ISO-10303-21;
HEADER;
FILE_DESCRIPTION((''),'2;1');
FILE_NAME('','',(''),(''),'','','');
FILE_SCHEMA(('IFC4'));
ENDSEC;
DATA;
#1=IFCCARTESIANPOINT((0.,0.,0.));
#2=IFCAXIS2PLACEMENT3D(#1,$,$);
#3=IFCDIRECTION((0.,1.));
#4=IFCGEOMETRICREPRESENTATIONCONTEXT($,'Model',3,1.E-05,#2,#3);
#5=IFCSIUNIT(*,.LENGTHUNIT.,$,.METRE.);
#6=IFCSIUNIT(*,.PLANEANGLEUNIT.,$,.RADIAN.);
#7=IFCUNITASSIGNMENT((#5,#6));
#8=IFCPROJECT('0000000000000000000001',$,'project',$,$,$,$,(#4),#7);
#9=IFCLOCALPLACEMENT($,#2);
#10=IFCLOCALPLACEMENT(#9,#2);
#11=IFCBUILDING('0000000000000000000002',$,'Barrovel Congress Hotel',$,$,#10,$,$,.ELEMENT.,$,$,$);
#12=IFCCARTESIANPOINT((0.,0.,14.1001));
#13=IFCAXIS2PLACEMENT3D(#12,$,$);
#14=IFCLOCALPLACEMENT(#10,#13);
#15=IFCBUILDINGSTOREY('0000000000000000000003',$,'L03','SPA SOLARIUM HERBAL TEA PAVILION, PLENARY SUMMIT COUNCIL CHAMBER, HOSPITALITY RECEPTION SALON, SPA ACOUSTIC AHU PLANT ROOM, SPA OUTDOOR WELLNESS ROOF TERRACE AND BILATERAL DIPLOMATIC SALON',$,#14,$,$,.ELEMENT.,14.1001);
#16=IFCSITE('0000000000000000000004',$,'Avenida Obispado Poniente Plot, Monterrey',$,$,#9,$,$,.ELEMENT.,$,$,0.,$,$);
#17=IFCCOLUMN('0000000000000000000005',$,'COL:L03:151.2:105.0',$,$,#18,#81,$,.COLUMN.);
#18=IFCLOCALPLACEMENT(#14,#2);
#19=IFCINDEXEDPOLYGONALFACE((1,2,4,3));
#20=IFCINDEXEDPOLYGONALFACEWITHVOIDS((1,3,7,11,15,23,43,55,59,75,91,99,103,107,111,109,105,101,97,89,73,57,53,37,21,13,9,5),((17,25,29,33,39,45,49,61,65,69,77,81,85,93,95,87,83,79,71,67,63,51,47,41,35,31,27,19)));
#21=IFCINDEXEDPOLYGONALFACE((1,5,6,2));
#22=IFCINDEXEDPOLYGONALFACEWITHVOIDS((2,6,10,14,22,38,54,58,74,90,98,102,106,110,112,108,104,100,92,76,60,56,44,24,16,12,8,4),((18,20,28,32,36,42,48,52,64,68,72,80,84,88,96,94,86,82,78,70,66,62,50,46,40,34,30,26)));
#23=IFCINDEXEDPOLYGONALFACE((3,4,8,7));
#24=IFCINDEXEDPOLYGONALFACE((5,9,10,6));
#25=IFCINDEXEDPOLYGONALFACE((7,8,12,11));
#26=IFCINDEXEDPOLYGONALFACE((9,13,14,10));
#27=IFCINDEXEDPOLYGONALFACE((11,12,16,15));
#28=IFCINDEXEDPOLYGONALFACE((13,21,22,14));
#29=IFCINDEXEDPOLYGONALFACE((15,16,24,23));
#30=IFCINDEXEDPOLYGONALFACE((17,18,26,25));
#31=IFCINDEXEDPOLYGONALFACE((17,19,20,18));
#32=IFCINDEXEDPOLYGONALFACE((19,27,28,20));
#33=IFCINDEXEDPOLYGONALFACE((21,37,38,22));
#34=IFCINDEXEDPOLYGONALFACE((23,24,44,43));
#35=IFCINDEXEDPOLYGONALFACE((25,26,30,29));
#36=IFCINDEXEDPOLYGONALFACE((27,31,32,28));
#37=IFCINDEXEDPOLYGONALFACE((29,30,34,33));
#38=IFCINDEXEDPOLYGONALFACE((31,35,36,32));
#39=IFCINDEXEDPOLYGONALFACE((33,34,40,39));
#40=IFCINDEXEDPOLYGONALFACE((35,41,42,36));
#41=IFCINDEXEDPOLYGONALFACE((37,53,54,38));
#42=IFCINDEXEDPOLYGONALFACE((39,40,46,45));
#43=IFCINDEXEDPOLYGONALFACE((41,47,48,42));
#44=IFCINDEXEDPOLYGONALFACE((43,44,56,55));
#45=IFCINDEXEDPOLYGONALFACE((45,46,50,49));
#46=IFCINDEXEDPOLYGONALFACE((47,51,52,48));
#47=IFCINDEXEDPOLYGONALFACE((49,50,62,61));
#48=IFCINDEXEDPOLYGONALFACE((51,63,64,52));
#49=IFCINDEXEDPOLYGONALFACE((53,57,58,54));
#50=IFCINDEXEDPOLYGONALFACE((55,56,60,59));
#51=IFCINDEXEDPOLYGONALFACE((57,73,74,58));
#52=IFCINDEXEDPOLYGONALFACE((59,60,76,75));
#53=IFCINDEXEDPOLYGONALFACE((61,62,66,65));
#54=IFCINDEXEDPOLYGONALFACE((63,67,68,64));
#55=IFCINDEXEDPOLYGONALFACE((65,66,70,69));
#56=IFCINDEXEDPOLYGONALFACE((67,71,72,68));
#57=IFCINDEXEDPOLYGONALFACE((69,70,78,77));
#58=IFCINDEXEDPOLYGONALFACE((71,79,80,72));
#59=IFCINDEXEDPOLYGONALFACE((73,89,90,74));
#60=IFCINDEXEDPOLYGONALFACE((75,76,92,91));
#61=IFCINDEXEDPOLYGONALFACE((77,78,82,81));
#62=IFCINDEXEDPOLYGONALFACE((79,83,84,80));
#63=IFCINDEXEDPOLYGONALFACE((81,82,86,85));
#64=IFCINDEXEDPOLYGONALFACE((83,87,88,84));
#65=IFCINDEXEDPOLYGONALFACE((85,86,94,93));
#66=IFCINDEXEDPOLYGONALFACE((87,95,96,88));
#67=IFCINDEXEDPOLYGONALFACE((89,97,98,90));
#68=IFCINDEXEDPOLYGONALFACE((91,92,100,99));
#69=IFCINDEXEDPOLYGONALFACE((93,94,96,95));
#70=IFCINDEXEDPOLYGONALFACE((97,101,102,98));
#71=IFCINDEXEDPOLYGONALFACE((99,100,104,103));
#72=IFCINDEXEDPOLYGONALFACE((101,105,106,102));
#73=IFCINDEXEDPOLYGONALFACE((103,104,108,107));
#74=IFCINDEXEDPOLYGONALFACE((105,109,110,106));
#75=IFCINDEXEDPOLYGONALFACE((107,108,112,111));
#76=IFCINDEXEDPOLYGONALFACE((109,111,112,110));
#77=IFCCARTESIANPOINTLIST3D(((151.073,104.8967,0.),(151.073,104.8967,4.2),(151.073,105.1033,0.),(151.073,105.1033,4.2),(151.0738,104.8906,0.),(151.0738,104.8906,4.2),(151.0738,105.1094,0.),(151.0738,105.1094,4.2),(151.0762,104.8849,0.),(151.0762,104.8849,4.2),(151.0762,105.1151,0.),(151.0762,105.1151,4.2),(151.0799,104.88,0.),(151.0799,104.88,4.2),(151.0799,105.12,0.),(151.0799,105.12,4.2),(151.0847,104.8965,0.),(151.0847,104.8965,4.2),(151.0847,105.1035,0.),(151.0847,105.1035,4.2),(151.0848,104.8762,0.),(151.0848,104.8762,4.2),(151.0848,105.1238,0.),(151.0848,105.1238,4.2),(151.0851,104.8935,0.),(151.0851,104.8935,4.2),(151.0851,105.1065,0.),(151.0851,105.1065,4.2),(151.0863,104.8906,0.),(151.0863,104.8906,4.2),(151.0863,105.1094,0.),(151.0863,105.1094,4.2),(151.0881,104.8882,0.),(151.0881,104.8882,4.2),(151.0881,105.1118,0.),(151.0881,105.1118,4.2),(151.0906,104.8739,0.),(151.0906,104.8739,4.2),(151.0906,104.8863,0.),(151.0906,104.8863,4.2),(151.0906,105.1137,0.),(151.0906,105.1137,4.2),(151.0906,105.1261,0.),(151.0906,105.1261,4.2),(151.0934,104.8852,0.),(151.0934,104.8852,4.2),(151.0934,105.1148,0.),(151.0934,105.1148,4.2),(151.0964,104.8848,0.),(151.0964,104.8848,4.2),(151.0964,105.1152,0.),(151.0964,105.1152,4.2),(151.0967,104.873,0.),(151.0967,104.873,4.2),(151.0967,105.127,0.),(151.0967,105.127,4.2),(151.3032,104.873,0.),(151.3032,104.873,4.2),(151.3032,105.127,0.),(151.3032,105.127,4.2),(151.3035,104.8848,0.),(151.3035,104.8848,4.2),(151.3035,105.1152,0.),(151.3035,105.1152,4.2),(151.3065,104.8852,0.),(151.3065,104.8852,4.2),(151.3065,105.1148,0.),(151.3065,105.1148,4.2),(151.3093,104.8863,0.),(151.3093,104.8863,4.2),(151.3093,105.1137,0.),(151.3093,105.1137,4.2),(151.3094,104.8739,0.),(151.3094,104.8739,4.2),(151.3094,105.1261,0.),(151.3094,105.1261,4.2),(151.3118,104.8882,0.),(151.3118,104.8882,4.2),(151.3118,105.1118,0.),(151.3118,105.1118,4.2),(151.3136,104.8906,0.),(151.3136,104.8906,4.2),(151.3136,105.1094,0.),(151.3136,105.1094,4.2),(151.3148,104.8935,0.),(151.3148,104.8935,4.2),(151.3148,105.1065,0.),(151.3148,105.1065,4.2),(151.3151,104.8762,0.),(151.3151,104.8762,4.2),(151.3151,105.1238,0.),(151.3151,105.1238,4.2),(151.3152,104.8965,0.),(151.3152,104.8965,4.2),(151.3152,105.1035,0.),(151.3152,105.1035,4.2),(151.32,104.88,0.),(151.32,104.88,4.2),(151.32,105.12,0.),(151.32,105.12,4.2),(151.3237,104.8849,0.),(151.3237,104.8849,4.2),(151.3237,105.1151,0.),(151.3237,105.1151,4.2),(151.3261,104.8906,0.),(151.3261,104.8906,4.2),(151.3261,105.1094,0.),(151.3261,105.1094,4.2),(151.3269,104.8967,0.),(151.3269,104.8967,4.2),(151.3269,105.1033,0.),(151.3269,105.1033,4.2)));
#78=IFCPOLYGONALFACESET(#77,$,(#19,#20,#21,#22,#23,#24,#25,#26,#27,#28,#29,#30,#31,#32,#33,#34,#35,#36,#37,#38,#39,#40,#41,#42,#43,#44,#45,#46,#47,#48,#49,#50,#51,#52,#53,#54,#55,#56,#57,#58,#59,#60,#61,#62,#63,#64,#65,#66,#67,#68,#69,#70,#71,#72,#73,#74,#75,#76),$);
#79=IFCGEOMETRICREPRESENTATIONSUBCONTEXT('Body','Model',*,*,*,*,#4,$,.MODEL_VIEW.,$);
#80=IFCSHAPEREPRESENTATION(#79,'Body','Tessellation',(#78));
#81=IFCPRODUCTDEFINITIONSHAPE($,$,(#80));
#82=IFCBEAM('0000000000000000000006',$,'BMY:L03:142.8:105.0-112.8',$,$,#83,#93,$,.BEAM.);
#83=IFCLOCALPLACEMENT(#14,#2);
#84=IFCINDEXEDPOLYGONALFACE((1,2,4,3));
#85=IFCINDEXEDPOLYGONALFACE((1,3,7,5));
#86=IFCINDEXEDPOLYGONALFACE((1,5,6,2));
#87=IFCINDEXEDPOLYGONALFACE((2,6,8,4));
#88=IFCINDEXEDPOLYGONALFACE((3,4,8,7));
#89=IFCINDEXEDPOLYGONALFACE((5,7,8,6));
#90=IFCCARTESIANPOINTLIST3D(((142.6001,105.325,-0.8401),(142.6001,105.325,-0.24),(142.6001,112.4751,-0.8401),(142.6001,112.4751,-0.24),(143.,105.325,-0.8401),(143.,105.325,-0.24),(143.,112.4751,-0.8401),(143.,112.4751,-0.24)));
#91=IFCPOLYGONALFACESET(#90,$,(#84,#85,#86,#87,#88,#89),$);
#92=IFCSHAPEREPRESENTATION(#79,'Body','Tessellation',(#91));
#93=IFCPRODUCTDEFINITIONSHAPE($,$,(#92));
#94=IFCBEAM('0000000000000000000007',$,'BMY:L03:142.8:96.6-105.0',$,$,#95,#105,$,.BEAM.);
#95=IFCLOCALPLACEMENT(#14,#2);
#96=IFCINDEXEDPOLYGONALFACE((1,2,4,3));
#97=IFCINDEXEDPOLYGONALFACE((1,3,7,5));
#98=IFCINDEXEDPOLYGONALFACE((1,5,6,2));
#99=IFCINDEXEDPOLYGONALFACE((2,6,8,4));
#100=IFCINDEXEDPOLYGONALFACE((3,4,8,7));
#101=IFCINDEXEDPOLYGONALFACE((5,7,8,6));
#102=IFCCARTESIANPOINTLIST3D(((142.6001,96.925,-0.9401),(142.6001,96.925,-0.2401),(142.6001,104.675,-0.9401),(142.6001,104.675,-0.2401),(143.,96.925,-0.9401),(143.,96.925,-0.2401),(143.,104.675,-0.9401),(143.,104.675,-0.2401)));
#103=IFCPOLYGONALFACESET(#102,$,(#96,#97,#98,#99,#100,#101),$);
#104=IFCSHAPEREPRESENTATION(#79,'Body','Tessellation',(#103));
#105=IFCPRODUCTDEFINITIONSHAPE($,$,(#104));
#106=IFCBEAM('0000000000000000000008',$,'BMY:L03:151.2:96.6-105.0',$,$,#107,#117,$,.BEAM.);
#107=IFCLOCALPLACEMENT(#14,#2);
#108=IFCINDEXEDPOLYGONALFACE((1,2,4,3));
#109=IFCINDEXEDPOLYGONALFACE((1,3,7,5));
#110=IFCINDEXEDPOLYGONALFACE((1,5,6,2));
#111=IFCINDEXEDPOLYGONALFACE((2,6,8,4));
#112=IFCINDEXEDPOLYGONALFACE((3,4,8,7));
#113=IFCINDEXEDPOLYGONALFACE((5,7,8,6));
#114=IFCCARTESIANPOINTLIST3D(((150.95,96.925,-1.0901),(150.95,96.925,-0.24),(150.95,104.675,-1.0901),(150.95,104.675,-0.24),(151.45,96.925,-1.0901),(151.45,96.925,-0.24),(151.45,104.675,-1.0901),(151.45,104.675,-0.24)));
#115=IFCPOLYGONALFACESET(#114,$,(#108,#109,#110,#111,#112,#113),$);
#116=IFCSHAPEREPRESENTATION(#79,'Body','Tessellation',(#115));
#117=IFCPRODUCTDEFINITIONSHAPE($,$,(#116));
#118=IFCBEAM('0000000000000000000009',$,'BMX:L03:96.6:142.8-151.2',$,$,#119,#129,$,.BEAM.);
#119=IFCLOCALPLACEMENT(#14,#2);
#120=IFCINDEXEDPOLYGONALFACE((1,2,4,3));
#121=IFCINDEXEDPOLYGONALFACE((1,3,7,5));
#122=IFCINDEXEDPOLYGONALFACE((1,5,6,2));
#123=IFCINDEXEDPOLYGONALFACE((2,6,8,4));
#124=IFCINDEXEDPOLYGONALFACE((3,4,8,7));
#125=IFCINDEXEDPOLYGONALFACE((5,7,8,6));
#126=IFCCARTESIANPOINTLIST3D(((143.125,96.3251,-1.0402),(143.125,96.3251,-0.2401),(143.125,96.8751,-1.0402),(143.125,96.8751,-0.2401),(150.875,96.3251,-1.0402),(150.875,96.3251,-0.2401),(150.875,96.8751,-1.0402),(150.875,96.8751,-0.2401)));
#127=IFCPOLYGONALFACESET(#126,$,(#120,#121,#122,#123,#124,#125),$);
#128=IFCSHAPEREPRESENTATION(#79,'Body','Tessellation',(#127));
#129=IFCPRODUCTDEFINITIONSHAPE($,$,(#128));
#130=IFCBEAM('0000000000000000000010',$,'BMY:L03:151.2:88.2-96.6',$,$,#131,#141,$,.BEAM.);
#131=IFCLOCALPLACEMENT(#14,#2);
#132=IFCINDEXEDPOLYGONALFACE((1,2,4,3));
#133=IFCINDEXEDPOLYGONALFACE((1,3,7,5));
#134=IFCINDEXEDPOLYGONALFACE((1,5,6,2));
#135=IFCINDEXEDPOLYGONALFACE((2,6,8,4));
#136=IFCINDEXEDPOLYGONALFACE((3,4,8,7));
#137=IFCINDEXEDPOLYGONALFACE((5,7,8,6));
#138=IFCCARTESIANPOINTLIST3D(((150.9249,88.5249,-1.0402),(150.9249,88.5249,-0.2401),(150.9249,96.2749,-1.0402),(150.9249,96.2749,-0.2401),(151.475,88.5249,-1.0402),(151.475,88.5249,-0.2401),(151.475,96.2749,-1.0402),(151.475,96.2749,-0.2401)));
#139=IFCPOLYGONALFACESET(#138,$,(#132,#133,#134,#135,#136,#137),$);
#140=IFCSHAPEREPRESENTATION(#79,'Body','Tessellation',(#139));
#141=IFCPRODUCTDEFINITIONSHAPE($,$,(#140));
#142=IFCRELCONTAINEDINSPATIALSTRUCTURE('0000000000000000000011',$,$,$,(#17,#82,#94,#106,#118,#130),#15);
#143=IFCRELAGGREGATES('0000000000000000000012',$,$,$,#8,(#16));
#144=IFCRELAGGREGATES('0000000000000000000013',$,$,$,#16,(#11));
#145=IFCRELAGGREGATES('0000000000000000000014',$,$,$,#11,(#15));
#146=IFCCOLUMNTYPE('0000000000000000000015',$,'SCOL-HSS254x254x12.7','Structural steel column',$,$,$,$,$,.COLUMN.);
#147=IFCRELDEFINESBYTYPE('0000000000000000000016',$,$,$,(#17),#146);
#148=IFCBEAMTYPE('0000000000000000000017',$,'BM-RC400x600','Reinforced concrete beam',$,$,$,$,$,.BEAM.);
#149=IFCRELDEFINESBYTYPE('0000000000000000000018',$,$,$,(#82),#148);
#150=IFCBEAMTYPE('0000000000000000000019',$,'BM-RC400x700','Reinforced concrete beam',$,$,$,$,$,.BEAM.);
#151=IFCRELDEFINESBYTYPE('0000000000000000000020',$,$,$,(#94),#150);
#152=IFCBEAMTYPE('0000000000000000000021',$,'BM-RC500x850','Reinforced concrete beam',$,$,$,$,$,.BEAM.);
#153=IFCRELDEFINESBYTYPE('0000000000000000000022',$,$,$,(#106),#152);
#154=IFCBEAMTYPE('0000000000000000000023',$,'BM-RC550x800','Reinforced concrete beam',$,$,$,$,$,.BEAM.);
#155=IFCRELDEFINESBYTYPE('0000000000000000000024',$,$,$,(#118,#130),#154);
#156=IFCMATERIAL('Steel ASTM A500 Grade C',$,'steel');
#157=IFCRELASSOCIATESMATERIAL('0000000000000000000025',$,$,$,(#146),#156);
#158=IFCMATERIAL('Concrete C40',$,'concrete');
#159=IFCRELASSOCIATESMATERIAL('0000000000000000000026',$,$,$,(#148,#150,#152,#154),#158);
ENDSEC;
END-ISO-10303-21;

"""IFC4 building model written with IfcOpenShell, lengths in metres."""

from ifc_helpers import new_model, si_unit, direction, frame, origin, origin_2d, place, context, subcontext, project, spatial, rectangle, hollow_rectangle, extrude, material, material_profile, profile_set, type_object, element, save


model = new_model("IFC4")

# Units and contexts
model_context = context("Model", 3, precision=1e-05, world=origin(), true_north=direction((0.0, 1.0)))
body_context = subcontext(model_context, "Body", "Model", "MODEL_VIEW")
ifc_project = project(units=[si_unit("LENGTHUNIT", "METRE"), si_unit("PLANEANGLEUNIT", "RADIAN")], contexts=[model_context])

# Site, building, storey
site_placement = place(None, origin())
site = spatial("IfcSite", under=ifc_project, at=site_placement, Name="Avenida Obispado Poniente Plot, Monterrey", CompositionType="ELEMENT", RefElevation=0.0)
building_placement = place(site_placement, origin())
building = spatial("IfcBuilding", under=site, at=building_placement, Name="Barrovel Congress Hotel", CompositionType="ELEMENT")
storey_placement = place(building_placement, frame((0.0, 0.0, 14.1001)))
storey = spatial("IfcBuildingStorey", under=building, at=storey_placement, Name="L03", Description="SPA SOLARIUM HERBAL TEA PAVILION, PLENARY SUMMIT COUNCIL CHAMBER, HOSPITALITY RECEPTION SALON, SPA ACOUSTIC AHU PLANT ROOM, SPA OUTDOOR WELLNESS ROOF TERRACE AND BILATERAL DIPLOMATIC SALON", CompositionType="ELEMENT", Elevation=14.1001)

# Column
ifc_material_1 = material(Name="Steel ASTM A500 Grade C", Category="steel")
ifc_material_profile_1 = material_profile(ifc_material_1, hollow_rectangle(XDim=0.2539, YDim=0.2539, WallThickness=0.0117, InnerFilletRadius=0.0117, OuterFilletRadius=0.0237, at=origin_2d()), Name="HSS254x254x12.7")
ifc_profile_set_1 = profile_set([ifc_material_profile_1], Name="Steel ASTM A500 Grade C")
column_type = type_object("IfcColumnType", Name="SCOL-HSS254x254x12.7", Description="Structural steel column", PredefinedType="COLUMN", material=ifc_profile_set_1)
for number, where, z_axis, x_axis, name in (
    (1, (151.2, 105.0, 0.0), (0.0, 0.0, 1.0), (1.0, 0.0, 0.0), "COL:L03:151.2:105.0"),
):
    element("IfcColumn", number, at=place(storey_placement, frame(where, z_axis=z_axis, x_axis=x_axis)), inside=storey, type_object=column_type, Name=name, PredefinedType="COLUMN", context=body_context, shape_type="SweptSolid", body=[
        extrude(hollow_rectangle(XDim=0.2539, YDim=0.2539, WallThickness=0.0117, InnerFilletRadius=0.0117, OuterFilletRadius=0.0237, at=origin_2d()), origin(), (0.0, 0.0, 1.0), 4.2),
    ])

# Beams
ifc_material_2 = material(Name="Concrete C40", Category="concrete")
ifc_material_profile_2 = material_profile(ifc_material_2, rectangle(XDim=0.3999, YDim=0.6001, at=origin_2d()), Name="RC400x600")
ifc_profile_set_2 = profile_set([ifc_material_profile_2], Name="Concrete C40")
beam_type_1 = type_object("IfcBeamType", Name="BM-RC400x600", Description="Reinforced concrete beam", PredefinedType="BEAM", material=ifc_profile_set_2)
beam_1_placement = place(storey_placement, frame((142.8, 105.325, -0.54), z_axis=(0.0, 1.0, 0.0), x_axis=(-1.0, 0.0, 0.0)))
element("IfcBeam", 2, at=beam_1_placement, inside=storey, type_object=beam_type_1, Name="BMY:L03:142.8:105.0-112.8", PredefinedType="BEAM", context=body_context, shape_type="SweptSolid", body=[
    extrude(rectangle(XDim=0.3999, YDim=0.6001, at=origin_2d()), origin(), (0.0, 0.0, 1.0), 7.1501),
])
ifc_material_profile_3 = material_profile(ifc_material_2, rectangle(XDim=0.3999, YDim=0.7, at=origin_2d()), Name="RC400x700")
ifc_profile_set_3 = profile_set([ifc_material_profile_3], Name="Concrete C40")
beam_type_2 = type_object("IfcBeamType", Name="BM-RC400x700", Description="Reinforced concrete beam", PredefinedType="BEAM", material=ifc_profile_set_3)
beam_2_placement = place(storey_placement, frame((142.8, 96.925, -0.5901), z_axis=(0.0, 1.0, 0.0), x_axis=(-1.0, 0.0, 0.0)))
element("IfcBeam", 3, at=beam_2_placement, inside=storey, type_object=beam_type_2, Name="BMY:L03:142.8:96.6-105.0", PredefinedType="BEAM", context=body_context, shape_type="SweptSolid", body=[
    extrude(rectangle(XDim=0.3999, YDim=0.7, at=origin_2d()), origin(), (0.0, 0.0, 1.0), 7.75),
])
ifc_material_profile_4 = material_profile(ifc_material_2, rectangle(XDim=0.5, YDim=0.8501, at=origin_2d()), Name="RC500x850")
ifc_profile_set_4 = profile_set([ifc_material_profile_4], Name="Concrete C40")
beam_type_3 = type_object("IfcBeamType", Name="BM-RC500x850", Description="Reinforced concrete beam", PredefinedType="BEAM", material=ifc_profile_set_4)
beam_3_placement = place(storey_placement, frame((151.2, 96.925, -0.665), z_axis=(0.0, 1.0, 0.0), x_axis=(-1.0, 0.0, 0.0)))
element("IfcBeam", 4, at=beam_3_placement, inside=storey, type_object=beam_type_3, Name="BMY:L03:151.2:96.6-105.0", PredefinedType="BEAM", context=body_context, shape_type="SweptSolid", body=[
    extrude(rectangle(XDim=0.5, YDim=0.8501, at=origin_2d()), origin(), (0.0, 0.0, 1.0), 7.75),
])
ifc_material_profile_5 = material_profile(ifc_material_2, rectangle(XDim=0.55, YDim=0.8, at=origin_2d()), Name="RC550x800")
ifc_profile_set_5 = profile_set([ifc_material_profile_5], Name="Concrete C40")
beam_type_4 = type_object("IfcBeamType", Name="BM-RC550x800", Description="Reinforced concrete beam", PredefinedType="BEAM", material=ifc_profile_set_5)
for number, where, z_axis, x_axis, name in (
    (5, (143.125, 96.6001, -0.6401), (1.0, 0.0, 0.0), (0.0, 1.0, 0.0), "BMX:L03:96.6:142.8-151.2"),
    (6, (151.2, 88.5249, -0.6401), (0.0, 1.0, 0.0), (-1.0, 0.0, 0.0), "BMY:L03:151.2:88.2-96.6"),
):
    element("IfcBeam", number, at=place(storey_placement, frame(where, z_axis=z_axis, x_axis=x_axis)), inside=storey, type_object=beam_type_4, Name=name, PredefinedType="BEAM", context=body_context, shape_type="SweptSolid", body=[
        extrude(rectangle(XDim=0.55, YDim=0.8, at=origin_2d()), origin(), (0.0, 0.0, 1.0), 7.75),
    ])

save(model, "model.ifc")
